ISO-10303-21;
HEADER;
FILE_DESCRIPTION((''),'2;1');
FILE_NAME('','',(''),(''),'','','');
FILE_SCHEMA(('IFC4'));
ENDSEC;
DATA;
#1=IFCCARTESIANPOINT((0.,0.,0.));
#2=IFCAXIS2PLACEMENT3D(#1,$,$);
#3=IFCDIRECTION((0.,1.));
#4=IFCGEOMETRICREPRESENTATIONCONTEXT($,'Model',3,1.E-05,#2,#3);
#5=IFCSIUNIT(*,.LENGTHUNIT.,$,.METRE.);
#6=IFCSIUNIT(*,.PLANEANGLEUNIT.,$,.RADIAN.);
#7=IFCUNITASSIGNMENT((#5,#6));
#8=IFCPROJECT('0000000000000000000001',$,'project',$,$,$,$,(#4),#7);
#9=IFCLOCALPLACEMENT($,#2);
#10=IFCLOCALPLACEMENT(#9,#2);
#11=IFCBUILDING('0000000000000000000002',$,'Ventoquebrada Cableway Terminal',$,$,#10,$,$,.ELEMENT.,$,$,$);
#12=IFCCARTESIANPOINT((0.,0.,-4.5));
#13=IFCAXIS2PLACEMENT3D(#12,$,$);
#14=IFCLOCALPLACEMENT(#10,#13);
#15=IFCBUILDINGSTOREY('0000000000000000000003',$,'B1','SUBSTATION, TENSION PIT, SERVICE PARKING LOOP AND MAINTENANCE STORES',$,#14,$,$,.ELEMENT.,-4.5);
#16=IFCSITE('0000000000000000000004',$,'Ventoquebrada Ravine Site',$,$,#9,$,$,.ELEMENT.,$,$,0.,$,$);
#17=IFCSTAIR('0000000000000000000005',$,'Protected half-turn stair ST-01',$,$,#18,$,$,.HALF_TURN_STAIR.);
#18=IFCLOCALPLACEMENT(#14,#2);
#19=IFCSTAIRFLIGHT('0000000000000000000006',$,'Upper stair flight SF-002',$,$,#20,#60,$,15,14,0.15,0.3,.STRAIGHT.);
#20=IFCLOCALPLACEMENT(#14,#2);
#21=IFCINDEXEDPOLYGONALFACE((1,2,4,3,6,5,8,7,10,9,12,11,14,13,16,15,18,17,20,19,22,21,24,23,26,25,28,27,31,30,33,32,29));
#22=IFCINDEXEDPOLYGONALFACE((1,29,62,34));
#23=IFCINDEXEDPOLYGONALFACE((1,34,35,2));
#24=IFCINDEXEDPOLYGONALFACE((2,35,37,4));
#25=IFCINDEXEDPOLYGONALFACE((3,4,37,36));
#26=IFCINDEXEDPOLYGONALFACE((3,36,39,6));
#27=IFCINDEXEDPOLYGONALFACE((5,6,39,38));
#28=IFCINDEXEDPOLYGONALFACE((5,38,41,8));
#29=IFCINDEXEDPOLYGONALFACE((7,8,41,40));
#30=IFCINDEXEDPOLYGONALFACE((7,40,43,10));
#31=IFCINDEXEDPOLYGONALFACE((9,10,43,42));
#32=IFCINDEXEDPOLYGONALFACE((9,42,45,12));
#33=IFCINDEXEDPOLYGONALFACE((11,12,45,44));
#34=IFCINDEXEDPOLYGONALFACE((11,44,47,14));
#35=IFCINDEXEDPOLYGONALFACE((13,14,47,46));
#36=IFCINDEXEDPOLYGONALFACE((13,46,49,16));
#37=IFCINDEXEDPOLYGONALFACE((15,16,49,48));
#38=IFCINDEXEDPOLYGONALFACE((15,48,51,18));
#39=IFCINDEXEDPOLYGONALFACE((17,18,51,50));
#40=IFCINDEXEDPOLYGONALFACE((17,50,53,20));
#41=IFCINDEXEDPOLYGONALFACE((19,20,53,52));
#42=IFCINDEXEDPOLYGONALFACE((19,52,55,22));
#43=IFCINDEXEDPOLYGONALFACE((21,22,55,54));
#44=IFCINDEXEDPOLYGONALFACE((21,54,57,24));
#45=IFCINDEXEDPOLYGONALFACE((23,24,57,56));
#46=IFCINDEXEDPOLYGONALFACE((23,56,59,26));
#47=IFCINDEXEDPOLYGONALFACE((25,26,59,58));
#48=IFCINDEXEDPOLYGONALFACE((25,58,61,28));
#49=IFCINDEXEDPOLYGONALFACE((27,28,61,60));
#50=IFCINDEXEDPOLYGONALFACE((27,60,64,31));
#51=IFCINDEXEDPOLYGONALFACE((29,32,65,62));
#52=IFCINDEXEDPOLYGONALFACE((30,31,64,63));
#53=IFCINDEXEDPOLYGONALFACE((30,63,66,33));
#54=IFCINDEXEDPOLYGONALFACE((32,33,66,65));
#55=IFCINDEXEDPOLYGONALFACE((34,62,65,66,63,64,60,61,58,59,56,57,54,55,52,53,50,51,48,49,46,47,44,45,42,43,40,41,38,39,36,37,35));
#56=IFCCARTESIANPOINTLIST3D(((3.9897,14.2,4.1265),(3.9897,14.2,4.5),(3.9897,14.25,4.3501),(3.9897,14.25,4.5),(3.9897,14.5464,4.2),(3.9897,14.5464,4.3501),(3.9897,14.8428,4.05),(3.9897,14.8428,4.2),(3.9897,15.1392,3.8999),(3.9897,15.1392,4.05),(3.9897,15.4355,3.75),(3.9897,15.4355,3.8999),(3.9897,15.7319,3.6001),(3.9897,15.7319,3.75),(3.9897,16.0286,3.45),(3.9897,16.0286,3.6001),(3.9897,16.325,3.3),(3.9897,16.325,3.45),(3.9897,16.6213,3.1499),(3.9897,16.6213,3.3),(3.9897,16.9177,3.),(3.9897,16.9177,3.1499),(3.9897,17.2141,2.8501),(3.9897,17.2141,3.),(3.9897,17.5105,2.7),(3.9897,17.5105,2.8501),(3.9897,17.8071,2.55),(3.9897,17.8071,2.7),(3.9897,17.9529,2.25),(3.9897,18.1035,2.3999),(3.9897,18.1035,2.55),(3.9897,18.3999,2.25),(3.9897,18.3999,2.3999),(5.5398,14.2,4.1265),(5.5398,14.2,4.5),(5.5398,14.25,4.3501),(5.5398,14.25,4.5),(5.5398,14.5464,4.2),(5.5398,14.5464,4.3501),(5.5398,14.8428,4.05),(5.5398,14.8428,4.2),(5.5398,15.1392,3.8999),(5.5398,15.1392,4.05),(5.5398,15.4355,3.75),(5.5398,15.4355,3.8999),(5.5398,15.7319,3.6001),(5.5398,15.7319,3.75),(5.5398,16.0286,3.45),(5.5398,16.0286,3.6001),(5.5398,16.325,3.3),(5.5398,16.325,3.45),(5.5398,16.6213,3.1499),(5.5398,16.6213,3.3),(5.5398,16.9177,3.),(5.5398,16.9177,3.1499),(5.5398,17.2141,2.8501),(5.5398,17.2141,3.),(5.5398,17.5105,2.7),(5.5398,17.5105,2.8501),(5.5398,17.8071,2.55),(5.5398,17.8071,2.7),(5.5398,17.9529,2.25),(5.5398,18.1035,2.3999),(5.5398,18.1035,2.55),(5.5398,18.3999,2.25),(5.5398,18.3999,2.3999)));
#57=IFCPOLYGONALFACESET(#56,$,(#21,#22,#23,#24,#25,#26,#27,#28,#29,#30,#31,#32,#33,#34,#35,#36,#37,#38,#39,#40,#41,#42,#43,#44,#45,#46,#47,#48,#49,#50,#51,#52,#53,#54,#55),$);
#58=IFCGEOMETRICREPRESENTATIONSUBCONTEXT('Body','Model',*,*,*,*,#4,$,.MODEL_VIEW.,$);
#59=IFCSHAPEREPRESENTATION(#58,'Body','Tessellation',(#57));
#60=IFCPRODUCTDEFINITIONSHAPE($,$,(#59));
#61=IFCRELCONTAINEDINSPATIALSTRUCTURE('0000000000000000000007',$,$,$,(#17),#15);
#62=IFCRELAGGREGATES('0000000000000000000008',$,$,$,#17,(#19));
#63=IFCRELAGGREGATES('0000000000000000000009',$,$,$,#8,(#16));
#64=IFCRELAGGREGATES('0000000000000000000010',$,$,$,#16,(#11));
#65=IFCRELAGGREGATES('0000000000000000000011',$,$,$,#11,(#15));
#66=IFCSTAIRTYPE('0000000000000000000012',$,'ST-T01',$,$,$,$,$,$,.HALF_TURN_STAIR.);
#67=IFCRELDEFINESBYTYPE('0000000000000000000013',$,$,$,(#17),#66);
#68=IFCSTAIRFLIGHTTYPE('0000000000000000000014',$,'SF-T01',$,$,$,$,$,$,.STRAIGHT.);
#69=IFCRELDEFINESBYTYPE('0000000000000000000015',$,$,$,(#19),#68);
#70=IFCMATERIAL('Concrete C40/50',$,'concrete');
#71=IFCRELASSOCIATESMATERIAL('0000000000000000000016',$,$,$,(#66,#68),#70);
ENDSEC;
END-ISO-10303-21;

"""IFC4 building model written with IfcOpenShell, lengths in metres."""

from ifc_helpers import new_model, si_unit, direction, frame, origin, place, context, subcontext, project, spatial, polyline, outline, extrude, material, type_object, element, aggregate, save


model = new_model("IFC4")

# Units and contexts
model_context = context("Model", 3, precision=1e-05, world=origin(), true_north=direction((0.0, 1.0)))
body_context = subcontext(model_context, "Body", "Model", "MODEL_VIEW")
ifc_project = project(units=[si_unit("LENGTHUNIT", "METRE"), si_unit("PLANEANGLEUNIT", "RADIAN")], contexts=[model_context])

# Site, building, storey
site_placement = place(None, origin())
site = spatial("IfcSite", under=ifc_project, at=site_placement, Name="Ventoquebrada Ravine Site", CompositionType="ELEMENT", RefElevation=0.0)
building_placement = place(site_placement, origin())
building = spatial("IfcBuilding", under=site, at=building_placement, Name="Ventoquebrada Cableway Terminal", CompositionType="ELEMENT")
storey_placement = place(building_placement, frame((0.0, 0.0, -4.5)))
storey = spatial("IfcBuildingStorey", under=building, at=storey_placement, Name="B1", Description="SUBSTATION, TENSION PIT, SERVICE PARKING LOOP AND MAINTENANCE STORES", CompositionType="ELEMENT", Elevation=-4.5)

# Shared definitions
ifc_material_1 = material(Name="Concrete C40/50", Category="concrete")

# Stair, stair flight
stair_type = type_object("IfcStairType", Name="ST-T01", PredefinedType="HALF_TURN_STAIR", material=ifc_material_1)
stair_placement = place(storey_placement, origin())
stair = element("IfcStair", 1, at=stair_placement, inside=storey, type_object=stair_type, Name="Protected half-turn stair ST-01", PredefinedType="HALF_TURN_STAIR")
stair_flight_type = type_object("IfcStairFlightType", Name="SF-T01", PredefinedType="STRAIGHT", material=ifc_material_1)
stair_flight_placement = place(storey_placement, frame((4.7649, 18.3999, 2.25), z_axis=(0.0, 0.0, 1.0), x_axis=(0.0, -1.0, 0.0)))
stair_flight = element("IfcStairFlight", 2, at=stair_flight_placement, type_object=stair_flight_type, Name="Upper stair flight SF-002", NumberOfRisers=15, NumberOfTreads=14, PredefinedType="STRAIGHT", RiserHeight=0.15, TreadLength=0.3, context=body_context, shape_type="SweptSolid", body=[
    extrude(outline(polyline([(0.0, 0.0), (0.0, 0.1499), (0.2964, 0.1499), (0.2964, 0.3), (0.5928, 0.3), (0.5928, 0.45), (0.8894, 0.45), (0.8894, 0.6001), (1.1858, 0.6001), (1.1858, 0.75), (1.4822, 0.75), (1.4822, 0.8999), (1.7786, 0.8999), (1.7786, 1.05), (2.075, 1.05), (2.075, 1.2), (2.3713, 1.2), (2.3713, 1.3501), (2.668, 1.3501), (2.668, 1.5), (2.9644, 1.5), (2.9644, 1.6499), (3.2607, 1.6499), (3.2607, 1.8), (3.5571, 1.8), (3.5571, 1.95), (3.8535, 1.95), (3.8535, 2.1001), (4.1499, 2.1001), (4.1499, 2.25), (4.2, 2.25), (4.2, 1.8765), (0.447, 0.0), (0.0, 0.0)])), frame((0.0, 0.7749, 0.0), z_axis=(0.0, -1.0, 0.0), x_axis=(1.0, 0.0, 0.0)), (0.0, 0.0, 1.0), 1.55),
])
aggregate(stair, [stair_flight])

save(model, "model.ifc")
